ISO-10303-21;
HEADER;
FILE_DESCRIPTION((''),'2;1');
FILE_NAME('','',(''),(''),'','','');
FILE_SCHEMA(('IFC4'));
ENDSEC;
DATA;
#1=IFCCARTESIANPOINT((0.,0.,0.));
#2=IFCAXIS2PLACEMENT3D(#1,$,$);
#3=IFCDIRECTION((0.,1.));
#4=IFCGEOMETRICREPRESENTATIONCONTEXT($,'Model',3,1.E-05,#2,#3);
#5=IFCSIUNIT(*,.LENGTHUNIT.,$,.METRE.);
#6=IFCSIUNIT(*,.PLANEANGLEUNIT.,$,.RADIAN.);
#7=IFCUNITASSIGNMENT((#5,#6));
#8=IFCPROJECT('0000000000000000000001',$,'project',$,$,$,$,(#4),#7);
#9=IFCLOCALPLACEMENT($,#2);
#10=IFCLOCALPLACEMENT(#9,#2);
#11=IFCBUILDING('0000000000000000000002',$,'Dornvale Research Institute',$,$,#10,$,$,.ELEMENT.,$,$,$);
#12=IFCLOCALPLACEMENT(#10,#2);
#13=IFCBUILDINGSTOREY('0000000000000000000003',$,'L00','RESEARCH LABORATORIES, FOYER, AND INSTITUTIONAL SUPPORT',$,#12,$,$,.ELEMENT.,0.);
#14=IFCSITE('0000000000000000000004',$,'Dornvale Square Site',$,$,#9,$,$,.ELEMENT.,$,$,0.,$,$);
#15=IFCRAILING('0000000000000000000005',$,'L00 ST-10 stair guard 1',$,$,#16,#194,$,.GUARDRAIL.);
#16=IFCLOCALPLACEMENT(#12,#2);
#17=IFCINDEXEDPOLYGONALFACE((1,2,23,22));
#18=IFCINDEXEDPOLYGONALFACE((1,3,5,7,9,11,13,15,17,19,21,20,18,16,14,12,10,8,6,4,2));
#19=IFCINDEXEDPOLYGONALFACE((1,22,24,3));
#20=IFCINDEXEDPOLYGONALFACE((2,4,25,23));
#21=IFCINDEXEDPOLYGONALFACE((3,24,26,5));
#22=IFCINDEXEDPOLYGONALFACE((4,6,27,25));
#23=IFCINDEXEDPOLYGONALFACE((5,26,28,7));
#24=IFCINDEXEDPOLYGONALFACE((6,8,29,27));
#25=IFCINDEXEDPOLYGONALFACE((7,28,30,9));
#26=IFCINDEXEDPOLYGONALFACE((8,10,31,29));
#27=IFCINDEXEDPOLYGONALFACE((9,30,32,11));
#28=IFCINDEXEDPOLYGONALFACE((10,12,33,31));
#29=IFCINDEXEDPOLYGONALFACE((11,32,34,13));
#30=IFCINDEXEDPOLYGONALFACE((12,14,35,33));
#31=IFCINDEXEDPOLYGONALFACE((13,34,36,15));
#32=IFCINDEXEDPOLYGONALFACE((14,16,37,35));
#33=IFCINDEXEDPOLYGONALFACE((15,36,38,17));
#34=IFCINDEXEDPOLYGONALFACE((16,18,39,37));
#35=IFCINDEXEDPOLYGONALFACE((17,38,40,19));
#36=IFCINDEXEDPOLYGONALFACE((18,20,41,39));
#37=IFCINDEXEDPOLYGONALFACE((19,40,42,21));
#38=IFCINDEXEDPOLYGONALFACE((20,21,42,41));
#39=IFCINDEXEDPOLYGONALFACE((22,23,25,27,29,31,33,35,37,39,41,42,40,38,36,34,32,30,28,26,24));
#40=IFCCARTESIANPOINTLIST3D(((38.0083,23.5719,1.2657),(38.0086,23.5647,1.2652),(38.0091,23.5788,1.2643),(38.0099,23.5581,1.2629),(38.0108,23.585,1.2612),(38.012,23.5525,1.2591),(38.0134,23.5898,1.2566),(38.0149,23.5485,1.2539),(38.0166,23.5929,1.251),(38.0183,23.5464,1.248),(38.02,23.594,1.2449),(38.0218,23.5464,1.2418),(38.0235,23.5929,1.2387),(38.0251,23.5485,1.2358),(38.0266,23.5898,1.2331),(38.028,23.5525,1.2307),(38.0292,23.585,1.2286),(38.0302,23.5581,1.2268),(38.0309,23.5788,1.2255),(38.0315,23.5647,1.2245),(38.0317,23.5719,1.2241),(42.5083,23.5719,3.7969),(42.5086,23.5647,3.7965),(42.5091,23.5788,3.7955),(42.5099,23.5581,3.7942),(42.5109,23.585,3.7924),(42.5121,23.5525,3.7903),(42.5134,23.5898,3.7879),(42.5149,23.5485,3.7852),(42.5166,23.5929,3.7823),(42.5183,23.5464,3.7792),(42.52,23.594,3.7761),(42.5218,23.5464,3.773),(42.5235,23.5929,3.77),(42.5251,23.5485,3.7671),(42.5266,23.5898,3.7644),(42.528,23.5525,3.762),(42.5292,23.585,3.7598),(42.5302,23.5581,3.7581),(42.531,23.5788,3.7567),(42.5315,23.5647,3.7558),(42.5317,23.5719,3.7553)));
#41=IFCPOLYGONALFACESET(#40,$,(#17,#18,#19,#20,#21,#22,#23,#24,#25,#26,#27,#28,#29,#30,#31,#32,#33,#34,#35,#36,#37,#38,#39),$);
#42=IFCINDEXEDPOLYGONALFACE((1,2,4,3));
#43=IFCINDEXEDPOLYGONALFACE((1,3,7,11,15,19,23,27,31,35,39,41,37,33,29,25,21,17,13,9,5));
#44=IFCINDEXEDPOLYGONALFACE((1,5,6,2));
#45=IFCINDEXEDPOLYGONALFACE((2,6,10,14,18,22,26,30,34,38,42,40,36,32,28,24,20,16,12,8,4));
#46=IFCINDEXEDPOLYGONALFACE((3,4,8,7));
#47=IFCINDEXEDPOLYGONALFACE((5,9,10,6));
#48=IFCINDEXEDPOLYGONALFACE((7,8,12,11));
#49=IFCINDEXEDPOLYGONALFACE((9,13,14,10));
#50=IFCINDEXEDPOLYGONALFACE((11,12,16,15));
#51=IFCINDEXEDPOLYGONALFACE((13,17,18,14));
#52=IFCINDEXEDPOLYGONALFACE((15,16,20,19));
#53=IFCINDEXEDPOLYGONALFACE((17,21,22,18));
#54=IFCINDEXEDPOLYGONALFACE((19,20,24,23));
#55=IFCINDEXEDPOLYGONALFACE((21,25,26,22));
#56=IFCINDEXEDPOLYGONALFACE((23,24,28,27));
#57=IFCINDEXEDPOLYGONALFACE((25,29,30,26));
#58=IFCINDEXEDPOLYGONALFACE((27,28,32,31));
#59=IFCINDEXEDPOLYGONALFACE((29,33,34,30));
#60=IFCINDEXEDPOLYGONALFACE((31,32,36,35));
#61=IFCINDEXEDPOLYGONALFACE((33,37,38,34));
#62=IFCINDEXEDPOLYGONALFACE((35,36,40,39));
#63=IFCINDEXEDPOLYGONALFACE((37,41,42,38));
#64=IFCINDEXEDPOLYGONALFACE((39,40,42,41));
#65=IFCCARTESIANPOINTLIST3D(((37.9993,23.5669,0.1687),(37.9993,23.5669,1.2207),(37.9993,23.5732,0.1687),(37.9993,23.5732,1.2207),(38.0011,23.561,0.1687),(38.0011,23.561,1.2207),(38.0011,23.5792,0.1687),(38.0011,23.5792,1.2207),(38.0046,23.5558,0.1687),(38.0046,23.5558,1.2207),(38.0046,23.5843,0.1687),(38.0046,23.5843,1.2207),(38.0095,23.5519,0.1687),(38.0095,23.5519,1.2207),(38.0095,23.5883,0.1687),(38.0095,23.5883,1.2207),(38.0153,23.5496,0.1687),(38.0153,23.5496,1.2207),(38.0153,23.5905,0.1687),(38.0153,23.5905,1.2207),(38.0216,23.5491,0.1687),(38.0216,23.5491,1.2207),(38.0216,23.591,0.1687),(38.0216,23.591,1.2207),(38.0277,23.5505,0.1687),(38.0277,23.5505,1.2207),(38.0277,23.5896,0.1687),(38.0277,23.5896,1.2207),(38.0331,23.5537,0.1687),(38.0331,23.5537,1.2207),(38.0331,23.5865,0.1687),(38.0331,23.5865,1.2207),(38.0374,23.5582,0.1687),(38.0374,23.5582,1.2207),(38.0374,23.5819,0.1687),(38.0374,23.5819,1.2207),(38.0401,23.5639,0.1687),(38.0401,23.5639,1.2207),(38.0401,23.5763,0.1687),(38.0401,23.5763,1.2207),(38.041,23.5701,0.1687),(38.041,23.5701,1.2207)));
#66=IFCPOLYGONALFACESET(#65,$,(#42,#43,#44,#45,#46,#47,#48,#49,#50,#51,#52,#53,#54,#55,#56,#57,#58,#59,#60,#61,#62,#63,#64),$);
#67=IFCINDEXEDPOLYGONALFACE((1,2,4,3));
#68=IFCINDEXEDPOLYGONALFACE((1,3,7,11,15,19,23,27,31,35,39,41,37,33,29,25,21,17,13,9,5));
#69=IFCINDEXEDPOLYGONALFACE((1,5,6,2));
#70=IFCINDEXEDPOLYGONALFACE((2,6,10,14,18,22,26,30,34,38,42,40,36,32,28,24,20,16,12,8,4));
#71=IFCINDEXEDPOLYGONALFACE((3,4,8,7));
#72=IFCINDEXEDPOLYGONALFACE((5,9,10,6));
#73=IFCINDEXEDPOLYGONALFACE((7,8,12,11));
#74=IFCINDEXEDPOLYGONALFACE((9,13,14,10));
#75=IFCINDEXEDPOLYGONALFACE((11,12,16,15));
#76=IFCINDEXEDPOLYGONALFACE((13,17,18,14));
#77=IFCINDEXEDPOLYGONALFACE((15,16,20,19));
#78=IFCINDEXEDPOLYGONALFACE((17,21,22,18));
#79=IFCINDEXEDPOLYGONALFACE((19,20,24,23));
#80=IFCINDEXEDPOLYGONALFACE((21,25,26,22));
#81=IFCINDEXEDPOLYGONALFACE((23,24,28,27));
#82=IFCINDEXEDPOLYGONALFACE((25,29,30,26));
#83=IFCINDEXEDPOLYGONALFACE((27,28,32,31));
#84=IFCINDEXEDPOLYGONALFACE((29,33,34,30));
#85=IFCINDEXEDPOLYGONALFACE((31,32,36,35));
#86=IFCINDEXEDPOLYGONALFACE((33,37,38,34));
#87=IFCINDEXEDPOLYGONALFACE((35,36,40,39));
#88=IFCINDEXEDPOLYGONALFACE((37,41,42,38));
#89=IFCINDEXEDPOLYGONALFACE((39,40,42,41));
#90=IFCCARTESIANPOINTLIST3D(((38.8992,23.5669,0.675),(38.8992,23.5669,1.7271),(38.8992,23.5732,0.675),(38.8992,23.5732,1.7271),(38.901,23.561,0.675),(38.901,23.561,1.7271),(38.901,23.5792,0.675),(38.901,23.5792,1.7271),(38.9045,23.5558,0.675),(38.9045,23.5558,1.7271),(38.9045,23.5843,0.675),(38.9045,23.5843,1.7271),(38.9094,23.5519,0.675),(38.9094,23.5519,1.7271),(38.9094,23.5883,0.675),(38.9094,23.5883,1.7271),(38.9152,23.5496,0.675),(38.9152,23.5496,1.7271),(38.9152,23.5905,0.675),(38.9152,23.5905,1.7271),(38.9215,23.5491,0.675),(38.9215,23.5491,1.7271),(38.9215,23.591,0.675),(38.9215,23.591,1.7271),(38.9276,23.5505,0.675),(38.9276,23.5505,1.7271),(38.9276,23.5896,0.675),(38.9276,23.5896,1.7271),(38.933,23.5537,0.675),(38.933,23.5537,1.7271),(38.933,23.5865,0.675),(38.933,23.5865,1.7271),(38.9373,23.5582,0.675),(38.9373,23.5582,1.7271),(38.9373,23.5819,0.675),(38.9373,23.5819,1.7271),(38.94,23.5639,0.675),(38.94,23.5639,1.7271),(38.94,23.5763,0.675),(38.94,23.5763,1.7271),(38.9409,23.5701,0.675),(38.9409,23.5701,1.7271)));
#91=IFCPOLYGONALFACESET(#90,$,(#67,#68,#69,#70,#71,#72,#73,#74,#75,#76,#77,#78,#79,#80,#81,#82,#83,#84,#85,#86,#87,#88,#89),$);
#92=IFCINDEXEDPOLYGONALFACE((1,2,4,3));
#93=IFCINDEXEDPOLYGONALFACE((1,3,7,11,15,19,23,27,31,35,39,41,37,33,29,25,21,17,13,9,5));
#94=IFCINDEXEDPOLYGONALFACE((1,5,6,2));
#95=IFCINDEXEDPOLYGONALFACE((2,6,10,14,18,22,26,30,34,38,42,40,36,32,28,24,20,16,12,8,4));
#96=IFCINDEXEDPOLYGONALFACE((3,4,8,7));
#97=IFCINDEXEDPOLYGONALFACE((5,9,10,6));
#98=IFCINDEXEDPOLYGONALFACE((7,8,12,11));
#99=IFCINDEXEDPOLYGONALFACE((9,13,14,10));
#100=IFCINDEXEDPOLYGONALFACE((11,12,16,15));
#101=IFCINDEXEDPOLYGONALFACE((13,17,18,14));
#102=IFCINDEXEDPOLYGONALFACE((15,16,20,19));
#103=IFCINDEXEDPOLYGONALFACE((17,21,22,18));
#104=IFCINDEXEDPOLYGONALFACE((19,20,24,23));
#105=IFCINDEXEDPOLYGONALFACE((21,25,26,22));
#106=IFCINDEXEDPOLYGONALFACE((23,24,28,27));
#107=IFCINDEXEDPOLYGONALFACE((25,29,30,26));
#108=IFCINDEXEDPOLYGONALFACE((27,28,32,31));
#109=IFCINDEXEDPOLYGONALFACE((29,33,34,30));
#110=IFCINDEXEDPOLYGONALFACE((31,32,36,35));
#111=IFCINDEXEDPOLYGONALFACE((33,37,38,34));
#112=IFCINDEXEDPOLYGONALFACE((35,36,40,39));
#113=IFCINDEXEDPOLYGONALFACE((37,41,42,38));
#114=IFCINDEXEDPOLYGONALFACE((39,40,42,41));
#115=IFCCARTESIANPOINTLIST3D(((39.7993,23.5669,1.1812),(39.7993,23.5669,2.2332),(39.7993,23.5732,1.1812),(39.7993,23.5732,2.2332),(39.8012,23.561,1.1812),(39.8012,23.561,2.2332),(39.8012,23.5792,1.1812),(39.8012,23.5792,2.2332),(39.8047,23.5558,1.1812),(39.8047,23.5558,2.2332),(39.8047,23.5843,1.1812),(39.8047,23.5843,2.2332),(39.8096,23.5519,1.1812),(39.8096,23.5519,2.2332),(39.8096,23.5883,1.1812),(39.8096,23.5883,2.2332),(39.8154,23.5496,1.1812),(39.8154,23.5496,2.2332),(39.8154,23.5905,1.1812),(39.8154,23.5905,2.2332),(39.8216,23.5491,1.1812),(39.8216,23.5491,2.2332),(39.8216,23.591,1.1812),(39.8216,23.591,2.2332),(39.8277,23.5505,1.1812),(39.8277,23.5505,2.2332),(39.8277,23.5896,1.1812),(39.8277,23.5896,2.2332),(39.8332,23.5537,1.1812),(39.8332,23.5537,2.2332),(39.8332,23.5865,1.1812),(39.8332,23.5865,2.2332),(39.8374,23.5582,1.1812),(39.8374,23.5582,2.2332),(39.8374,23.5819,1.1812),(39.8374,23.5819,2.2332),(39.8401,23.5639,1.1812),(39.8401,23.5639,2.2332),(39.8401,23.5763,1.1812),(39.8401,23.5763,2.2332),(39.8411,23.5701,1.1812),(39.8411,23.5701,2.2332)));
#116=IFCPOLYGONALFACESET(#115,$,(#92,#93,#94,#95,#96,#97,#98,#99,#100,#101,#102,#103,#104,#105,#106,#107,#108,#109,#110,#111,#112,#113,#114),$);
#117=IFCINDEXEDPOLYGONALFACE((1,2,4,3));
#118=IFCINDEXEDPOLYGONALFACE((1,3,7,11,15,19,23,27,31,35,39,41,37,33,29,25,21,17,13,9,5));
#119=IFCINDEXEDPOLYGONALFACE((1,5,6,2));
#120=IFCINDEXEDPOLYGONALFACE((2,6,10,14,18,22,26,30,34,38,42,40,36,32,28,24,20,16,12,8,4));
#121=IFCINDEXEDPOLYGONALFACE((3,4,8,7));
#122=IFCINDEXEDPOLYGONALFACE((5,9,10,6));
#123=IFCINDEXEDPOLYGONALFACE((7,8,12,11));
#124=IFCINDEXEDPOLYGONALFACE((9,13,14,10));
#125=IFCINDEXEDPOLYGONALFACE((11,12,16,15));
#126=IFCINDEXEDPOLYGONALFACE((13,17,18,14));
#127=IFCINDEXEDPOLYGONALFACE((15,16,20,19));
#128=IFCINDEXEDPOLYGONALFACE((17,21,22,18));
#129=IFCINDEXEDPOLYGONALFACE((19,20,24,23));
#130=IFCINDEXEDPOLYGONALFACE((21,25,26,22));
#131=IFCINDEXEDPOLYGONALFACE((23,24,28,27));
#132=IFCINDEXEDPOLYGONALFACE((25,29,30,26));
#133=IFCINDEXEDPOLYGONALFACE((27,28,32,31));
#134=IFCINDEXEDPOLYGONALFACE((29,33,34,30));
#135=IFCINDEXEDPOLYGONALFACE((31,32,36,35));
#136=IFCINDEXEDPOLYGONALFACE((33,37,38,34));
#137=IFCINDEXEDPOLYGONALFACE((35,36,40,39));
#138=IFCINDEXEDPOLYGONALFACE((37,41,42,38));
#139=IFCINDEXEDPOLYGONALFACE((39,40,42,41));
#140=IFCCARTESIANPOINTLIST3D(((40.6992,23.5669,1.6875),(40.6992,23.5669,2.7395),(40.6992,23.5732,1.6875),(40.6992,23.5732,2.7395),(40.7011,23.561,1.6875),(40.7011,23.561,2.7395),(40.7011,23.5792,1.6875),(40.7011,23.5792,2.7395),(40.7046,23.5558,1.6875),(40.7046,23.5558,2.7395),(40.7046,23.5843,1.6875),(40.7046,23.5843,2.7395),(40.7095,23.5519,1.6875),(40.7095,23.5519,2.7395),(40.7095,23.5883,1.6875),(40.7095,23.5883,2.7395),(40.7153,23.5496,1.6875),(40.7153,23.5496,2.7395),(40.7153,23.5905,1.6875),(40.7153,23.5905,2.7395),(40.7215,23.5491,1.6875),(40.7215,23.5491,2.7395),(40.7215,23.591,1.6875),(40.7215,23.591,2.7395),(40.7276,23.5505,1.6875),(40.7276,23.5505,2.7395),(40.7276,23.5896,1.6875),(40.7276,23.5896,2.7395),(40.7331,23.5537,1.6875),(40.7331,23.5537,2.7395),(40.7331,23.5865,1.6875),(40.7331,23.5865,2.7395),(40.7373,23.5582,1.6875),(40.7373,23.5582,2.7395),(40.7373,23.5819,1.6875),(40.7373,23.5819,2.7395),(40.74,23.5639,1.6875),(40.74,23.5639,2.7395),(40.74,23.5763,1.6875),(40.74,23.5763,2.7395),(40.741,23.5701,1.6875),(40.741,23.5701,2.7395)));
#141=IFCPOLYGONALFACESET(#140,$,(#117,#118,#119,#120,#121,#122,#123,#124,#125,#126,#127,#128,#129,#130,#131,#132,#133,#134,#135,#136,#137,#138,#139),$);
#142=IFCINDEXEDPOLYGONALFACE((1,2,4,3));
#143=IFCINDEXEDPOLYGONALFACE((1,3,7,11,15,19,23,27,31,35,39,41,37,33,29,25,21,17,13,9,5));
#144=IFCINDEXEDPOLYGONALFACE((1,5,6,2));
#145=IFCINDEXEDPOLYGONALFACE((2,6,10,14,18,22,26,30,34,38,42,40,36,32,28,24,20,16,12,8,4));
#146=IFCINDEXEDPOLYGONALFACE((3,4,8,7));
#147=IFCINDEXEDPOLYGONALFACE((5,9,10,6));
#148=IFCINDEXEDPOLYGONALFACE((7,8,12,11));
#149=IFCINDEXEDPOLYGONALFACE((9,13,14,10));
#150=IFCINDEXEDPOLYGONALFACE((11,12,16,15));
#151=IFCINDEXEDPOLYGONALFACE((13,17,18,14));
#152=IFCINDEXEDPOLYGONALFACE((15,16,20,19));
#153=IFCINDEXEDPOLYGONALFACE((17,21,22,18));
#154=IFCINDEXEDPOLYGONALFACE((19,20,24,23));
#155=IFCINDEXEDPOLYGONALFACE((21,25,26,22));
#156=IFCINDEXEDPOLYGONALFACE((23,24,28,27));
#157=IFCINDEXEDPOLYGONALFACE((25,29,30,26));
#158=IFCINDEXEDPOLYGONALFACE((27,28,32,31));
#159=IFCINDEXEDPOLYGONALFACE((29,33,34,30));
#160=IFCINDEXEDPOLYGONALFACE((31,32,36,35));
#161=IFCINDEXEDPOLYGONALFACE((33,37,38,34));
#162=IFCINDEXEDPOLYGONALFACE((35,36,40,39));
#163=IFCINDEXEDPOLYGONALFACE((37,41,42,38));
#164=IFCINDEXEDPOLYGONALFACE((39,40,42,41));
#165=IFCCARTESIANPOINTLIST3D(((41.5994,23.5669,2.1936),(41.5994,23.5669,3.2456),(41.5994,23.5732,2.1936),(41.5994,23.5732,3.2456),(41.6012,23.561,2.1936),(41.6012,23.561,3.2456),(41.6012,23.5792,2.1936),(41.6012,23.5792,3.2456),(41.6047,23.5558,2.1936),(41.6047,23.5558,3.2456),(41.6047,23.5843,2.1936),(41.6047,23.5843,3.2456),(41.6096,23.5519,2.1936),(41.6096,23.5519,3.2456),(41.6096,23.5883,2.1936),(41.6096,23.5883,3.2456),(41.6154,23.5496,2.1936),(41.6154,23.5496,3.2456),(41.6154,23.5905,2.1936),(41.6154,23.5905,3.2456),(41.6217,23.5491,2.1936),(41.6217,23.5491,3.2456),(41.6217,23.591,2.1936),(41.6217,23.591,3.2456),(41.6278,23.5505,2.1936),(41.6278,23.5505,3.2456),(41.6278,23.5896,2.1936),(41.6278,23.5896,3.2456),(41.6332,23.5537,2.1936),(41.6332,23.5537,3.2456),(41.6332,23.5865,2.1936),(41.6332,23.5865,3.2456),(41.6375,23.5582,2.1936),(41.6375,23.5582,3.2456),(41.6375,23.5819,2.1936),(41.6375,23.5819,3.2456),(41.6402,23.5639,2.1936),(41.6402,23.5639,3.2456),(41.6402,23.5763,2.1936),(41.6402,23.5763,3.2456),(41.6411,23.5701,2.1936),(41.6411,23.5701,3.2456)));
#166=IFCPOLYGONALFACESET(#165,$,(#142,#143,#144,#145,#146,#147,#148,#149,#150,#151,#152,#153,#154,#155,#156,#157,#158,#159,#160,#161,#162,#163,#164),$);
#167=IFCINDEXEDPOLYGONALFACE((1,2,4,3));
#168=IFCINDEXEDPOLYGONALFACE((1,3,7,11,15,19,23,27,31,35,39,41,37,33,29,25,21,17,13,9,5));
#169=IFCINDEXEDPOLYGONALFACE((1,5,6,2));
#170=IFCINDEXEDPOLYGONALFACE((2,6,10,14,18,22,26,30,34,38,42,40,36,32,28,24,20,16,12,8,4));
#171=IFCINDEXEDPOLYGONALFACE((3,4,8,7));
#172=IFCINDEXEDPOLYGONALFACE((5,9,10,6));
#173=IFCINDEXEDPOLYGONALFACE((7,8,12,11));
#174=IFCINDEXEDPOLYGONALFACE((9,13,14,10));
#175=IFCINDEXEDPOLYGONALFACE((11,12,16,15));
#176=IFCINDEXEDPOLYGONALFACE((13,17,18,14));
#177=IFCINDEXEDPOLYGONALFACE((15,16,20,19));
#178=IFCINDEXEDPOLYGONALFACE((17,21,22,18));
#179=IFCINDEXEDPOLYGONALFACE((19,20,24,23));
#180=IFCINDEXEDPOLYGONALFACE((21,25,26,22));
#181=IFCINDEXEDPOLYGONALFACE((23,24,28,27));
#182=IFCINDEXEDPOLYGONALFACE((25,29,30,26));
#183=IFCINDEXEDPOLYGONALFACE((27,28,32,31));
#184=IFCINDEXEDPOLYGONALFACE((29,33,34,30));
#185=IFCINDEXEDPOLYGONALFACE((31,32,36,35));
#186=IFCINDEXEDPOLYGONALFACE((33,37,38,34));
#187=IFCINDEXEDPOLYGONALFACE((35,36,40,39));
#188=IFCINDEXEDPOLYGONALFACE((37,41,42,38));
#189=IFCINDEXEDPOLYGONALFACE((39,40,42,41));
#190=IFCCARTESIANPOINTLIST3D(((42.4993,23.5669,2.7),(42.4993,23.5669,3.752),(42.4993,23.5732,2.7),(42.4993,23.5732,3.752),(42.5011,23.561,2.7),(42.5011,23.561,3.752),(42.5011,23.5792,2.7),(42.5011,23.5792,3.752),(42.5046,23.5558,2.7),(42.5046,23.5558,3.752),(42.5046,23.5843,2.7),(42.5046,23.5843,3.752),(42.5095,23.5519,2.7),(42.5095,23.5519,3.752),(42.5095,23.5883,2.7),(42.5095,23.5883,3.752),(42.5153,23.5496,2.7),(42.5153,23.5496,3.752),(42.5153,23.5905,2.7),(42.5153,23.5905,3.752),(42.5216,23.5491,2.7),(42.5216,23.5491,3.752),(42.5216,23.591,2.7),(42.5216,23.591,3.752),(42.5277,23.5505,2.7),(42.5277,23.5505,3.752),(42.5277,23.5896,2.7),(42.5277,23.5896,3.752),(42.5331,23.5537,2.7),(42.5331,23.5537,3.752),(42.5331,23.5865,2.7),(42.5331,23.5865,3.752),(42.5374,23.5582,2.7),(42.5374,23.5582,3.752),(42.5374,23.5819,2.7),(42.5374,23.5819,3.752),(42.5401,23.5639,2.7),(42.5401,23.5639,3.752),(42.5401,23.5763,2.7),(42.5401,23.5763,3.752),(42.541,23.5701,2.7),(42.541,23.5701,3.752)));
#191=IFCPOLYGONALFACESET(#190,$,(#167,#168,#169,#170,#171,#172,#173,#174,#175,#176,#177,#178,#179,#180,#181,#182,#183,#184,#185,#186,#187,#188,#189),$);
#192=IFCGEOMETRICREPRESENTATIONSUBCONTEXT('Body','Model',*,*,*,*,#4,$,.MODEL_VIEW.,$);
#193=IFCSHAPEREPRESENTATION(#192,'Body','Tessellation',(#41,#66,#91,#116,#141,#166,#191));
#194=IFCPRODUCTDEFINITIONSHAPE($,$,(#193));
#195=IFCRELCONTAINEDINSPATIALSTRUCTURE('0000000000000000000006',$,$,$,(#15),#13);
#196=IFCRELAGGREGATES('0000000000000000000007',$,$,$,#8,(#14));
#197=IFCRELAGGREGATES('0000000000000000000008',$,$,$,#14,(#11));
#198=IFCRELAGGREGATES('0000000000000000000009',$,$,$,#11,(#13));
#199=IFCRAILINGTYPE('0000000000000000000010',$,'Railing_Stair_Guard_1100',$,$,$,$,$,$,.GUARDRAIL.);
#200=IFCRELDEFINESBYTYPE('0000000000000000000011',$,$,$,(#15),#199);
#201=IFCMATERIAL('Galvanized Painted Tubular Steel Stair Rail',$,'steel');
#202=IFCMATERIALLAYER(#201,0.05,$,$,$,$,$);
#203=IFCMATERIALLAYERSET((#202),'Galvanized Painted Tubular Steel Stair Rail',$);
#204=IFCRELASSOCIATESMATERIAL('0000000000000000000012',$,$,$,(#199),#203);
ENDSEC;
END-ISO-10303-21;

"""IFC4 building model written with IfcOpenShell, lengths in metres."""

from ifc_helpers import new_model, si_unit, direction, frame, origin, origin_2d, place, context, subcontext, project, spatial, circle, extrude, material, layer, layer_set, type_object, element, save


model = new_model("IFC4")

# Units and contexts
model_context = context("Model", 3, precision=1e-05, world=origin(), true_north=direction((0.0, 1.0)))
body_context = subcontext(model_context, "Body", "Model", "MODEL_VIEW")
ifc_project = project(units=[si_unit("LENGTHUNIT", "METRE"), si_unit("PLANEANGLEUNIT", "RADIAN")], contexts=[model_context])

# Site, building, storey
site_placement = place(None, origin())
site = spatial("IfcSite", under=ifc_project, at=site_placement, Name="Dornvale Square Site", CompositionType="ELEMENT", RefElevation=0.0)
building_placement = place(site_placement, origin())
building = spatial("IfcBuilding", under=site, at=building_placement, Name="Dornvale Research Institute", CompositionType="ELEMENT")
storey_placement = place(building_placement, origin())
storey = spatial("IfcBuildingStorey", under=building, at=storey_placement, Name="L00", Description="RESEARCH LABORATORIES, FOYER, AND INSTITUTIONAL SUPPORT", CompositionType="ELEMENT", Elevation=0.0)

# Railing
ifc_material_1 = material(Name="Galvanized Painted Tubular Steel Stair Rail", Category="steel")
ifc_layer_1 = layer(ifc_material_1, 0.05)
ifc_layer_set_1 = layer_set([ifc_layer_1], Name="Galvanized Painted Tubular Steel Stair Rail")
railing_type_1 = type_object("IfcRailingType", Name="Railing_Stair_Guard_1100", PredefinedType="GUARDRAIL", material=ifc_layer_set_1)
railing_1_placement = place(storey_placement, frame((38.02, 23.5701, 0.1687)))
element("IfcRailing", 1, at=railing_1_placement, inside=storey, type_object=railing_type_1, Name="L00 ST-10 stair guard 1", PredefinedType="GUARDRAIL", context=body_context, shape_type="SweptSolid", body=[
    extrude(circle(Radius=0.0239, at=origin_2d()), frame((0.0, 0.0, 1.0762), z_axis=(0.871576, 0.0, 0.490261), x_axis=(0.0, 1.0, 0.0)), (0.0, 0.0, 1.0), 5.1631),
    extrude(circle(Radius=0.021, at=origin_2d()), origin(), (0.0, 0.0, 1.0), 1.052),
    extrude(circle(Radius=0.021, at=origin_2d()), frame((0.8999, 0.0, 0.5063)), (0.0, 0.0, 1.0), 1.052),
    extrude(circle(Radius=0.021, at=origin_2d()), frame((1.8, 0.0, 1.0125)), (0.0, 0.0, 1.0), 1.052),
    extrude(circle(Radius=0.021, at=origin_2d()), frame((2.7, 0.0, 1.5188)), (0.0, 0.0, 1.0), 1.052),
    extrude(circle(Radius=0.021, at=origin_2d()), frame((3.6001, 0.0, 2.0249)), (0.0, 0.0, 1.0), 1.052),
    extrude(circle(Radius=0.021, at=origin_2d()), frame((4.5, 0.0, 2.5312)), (0.0, 0.0, 1.0), 1.052),
])

save(model, "model.ifc")
